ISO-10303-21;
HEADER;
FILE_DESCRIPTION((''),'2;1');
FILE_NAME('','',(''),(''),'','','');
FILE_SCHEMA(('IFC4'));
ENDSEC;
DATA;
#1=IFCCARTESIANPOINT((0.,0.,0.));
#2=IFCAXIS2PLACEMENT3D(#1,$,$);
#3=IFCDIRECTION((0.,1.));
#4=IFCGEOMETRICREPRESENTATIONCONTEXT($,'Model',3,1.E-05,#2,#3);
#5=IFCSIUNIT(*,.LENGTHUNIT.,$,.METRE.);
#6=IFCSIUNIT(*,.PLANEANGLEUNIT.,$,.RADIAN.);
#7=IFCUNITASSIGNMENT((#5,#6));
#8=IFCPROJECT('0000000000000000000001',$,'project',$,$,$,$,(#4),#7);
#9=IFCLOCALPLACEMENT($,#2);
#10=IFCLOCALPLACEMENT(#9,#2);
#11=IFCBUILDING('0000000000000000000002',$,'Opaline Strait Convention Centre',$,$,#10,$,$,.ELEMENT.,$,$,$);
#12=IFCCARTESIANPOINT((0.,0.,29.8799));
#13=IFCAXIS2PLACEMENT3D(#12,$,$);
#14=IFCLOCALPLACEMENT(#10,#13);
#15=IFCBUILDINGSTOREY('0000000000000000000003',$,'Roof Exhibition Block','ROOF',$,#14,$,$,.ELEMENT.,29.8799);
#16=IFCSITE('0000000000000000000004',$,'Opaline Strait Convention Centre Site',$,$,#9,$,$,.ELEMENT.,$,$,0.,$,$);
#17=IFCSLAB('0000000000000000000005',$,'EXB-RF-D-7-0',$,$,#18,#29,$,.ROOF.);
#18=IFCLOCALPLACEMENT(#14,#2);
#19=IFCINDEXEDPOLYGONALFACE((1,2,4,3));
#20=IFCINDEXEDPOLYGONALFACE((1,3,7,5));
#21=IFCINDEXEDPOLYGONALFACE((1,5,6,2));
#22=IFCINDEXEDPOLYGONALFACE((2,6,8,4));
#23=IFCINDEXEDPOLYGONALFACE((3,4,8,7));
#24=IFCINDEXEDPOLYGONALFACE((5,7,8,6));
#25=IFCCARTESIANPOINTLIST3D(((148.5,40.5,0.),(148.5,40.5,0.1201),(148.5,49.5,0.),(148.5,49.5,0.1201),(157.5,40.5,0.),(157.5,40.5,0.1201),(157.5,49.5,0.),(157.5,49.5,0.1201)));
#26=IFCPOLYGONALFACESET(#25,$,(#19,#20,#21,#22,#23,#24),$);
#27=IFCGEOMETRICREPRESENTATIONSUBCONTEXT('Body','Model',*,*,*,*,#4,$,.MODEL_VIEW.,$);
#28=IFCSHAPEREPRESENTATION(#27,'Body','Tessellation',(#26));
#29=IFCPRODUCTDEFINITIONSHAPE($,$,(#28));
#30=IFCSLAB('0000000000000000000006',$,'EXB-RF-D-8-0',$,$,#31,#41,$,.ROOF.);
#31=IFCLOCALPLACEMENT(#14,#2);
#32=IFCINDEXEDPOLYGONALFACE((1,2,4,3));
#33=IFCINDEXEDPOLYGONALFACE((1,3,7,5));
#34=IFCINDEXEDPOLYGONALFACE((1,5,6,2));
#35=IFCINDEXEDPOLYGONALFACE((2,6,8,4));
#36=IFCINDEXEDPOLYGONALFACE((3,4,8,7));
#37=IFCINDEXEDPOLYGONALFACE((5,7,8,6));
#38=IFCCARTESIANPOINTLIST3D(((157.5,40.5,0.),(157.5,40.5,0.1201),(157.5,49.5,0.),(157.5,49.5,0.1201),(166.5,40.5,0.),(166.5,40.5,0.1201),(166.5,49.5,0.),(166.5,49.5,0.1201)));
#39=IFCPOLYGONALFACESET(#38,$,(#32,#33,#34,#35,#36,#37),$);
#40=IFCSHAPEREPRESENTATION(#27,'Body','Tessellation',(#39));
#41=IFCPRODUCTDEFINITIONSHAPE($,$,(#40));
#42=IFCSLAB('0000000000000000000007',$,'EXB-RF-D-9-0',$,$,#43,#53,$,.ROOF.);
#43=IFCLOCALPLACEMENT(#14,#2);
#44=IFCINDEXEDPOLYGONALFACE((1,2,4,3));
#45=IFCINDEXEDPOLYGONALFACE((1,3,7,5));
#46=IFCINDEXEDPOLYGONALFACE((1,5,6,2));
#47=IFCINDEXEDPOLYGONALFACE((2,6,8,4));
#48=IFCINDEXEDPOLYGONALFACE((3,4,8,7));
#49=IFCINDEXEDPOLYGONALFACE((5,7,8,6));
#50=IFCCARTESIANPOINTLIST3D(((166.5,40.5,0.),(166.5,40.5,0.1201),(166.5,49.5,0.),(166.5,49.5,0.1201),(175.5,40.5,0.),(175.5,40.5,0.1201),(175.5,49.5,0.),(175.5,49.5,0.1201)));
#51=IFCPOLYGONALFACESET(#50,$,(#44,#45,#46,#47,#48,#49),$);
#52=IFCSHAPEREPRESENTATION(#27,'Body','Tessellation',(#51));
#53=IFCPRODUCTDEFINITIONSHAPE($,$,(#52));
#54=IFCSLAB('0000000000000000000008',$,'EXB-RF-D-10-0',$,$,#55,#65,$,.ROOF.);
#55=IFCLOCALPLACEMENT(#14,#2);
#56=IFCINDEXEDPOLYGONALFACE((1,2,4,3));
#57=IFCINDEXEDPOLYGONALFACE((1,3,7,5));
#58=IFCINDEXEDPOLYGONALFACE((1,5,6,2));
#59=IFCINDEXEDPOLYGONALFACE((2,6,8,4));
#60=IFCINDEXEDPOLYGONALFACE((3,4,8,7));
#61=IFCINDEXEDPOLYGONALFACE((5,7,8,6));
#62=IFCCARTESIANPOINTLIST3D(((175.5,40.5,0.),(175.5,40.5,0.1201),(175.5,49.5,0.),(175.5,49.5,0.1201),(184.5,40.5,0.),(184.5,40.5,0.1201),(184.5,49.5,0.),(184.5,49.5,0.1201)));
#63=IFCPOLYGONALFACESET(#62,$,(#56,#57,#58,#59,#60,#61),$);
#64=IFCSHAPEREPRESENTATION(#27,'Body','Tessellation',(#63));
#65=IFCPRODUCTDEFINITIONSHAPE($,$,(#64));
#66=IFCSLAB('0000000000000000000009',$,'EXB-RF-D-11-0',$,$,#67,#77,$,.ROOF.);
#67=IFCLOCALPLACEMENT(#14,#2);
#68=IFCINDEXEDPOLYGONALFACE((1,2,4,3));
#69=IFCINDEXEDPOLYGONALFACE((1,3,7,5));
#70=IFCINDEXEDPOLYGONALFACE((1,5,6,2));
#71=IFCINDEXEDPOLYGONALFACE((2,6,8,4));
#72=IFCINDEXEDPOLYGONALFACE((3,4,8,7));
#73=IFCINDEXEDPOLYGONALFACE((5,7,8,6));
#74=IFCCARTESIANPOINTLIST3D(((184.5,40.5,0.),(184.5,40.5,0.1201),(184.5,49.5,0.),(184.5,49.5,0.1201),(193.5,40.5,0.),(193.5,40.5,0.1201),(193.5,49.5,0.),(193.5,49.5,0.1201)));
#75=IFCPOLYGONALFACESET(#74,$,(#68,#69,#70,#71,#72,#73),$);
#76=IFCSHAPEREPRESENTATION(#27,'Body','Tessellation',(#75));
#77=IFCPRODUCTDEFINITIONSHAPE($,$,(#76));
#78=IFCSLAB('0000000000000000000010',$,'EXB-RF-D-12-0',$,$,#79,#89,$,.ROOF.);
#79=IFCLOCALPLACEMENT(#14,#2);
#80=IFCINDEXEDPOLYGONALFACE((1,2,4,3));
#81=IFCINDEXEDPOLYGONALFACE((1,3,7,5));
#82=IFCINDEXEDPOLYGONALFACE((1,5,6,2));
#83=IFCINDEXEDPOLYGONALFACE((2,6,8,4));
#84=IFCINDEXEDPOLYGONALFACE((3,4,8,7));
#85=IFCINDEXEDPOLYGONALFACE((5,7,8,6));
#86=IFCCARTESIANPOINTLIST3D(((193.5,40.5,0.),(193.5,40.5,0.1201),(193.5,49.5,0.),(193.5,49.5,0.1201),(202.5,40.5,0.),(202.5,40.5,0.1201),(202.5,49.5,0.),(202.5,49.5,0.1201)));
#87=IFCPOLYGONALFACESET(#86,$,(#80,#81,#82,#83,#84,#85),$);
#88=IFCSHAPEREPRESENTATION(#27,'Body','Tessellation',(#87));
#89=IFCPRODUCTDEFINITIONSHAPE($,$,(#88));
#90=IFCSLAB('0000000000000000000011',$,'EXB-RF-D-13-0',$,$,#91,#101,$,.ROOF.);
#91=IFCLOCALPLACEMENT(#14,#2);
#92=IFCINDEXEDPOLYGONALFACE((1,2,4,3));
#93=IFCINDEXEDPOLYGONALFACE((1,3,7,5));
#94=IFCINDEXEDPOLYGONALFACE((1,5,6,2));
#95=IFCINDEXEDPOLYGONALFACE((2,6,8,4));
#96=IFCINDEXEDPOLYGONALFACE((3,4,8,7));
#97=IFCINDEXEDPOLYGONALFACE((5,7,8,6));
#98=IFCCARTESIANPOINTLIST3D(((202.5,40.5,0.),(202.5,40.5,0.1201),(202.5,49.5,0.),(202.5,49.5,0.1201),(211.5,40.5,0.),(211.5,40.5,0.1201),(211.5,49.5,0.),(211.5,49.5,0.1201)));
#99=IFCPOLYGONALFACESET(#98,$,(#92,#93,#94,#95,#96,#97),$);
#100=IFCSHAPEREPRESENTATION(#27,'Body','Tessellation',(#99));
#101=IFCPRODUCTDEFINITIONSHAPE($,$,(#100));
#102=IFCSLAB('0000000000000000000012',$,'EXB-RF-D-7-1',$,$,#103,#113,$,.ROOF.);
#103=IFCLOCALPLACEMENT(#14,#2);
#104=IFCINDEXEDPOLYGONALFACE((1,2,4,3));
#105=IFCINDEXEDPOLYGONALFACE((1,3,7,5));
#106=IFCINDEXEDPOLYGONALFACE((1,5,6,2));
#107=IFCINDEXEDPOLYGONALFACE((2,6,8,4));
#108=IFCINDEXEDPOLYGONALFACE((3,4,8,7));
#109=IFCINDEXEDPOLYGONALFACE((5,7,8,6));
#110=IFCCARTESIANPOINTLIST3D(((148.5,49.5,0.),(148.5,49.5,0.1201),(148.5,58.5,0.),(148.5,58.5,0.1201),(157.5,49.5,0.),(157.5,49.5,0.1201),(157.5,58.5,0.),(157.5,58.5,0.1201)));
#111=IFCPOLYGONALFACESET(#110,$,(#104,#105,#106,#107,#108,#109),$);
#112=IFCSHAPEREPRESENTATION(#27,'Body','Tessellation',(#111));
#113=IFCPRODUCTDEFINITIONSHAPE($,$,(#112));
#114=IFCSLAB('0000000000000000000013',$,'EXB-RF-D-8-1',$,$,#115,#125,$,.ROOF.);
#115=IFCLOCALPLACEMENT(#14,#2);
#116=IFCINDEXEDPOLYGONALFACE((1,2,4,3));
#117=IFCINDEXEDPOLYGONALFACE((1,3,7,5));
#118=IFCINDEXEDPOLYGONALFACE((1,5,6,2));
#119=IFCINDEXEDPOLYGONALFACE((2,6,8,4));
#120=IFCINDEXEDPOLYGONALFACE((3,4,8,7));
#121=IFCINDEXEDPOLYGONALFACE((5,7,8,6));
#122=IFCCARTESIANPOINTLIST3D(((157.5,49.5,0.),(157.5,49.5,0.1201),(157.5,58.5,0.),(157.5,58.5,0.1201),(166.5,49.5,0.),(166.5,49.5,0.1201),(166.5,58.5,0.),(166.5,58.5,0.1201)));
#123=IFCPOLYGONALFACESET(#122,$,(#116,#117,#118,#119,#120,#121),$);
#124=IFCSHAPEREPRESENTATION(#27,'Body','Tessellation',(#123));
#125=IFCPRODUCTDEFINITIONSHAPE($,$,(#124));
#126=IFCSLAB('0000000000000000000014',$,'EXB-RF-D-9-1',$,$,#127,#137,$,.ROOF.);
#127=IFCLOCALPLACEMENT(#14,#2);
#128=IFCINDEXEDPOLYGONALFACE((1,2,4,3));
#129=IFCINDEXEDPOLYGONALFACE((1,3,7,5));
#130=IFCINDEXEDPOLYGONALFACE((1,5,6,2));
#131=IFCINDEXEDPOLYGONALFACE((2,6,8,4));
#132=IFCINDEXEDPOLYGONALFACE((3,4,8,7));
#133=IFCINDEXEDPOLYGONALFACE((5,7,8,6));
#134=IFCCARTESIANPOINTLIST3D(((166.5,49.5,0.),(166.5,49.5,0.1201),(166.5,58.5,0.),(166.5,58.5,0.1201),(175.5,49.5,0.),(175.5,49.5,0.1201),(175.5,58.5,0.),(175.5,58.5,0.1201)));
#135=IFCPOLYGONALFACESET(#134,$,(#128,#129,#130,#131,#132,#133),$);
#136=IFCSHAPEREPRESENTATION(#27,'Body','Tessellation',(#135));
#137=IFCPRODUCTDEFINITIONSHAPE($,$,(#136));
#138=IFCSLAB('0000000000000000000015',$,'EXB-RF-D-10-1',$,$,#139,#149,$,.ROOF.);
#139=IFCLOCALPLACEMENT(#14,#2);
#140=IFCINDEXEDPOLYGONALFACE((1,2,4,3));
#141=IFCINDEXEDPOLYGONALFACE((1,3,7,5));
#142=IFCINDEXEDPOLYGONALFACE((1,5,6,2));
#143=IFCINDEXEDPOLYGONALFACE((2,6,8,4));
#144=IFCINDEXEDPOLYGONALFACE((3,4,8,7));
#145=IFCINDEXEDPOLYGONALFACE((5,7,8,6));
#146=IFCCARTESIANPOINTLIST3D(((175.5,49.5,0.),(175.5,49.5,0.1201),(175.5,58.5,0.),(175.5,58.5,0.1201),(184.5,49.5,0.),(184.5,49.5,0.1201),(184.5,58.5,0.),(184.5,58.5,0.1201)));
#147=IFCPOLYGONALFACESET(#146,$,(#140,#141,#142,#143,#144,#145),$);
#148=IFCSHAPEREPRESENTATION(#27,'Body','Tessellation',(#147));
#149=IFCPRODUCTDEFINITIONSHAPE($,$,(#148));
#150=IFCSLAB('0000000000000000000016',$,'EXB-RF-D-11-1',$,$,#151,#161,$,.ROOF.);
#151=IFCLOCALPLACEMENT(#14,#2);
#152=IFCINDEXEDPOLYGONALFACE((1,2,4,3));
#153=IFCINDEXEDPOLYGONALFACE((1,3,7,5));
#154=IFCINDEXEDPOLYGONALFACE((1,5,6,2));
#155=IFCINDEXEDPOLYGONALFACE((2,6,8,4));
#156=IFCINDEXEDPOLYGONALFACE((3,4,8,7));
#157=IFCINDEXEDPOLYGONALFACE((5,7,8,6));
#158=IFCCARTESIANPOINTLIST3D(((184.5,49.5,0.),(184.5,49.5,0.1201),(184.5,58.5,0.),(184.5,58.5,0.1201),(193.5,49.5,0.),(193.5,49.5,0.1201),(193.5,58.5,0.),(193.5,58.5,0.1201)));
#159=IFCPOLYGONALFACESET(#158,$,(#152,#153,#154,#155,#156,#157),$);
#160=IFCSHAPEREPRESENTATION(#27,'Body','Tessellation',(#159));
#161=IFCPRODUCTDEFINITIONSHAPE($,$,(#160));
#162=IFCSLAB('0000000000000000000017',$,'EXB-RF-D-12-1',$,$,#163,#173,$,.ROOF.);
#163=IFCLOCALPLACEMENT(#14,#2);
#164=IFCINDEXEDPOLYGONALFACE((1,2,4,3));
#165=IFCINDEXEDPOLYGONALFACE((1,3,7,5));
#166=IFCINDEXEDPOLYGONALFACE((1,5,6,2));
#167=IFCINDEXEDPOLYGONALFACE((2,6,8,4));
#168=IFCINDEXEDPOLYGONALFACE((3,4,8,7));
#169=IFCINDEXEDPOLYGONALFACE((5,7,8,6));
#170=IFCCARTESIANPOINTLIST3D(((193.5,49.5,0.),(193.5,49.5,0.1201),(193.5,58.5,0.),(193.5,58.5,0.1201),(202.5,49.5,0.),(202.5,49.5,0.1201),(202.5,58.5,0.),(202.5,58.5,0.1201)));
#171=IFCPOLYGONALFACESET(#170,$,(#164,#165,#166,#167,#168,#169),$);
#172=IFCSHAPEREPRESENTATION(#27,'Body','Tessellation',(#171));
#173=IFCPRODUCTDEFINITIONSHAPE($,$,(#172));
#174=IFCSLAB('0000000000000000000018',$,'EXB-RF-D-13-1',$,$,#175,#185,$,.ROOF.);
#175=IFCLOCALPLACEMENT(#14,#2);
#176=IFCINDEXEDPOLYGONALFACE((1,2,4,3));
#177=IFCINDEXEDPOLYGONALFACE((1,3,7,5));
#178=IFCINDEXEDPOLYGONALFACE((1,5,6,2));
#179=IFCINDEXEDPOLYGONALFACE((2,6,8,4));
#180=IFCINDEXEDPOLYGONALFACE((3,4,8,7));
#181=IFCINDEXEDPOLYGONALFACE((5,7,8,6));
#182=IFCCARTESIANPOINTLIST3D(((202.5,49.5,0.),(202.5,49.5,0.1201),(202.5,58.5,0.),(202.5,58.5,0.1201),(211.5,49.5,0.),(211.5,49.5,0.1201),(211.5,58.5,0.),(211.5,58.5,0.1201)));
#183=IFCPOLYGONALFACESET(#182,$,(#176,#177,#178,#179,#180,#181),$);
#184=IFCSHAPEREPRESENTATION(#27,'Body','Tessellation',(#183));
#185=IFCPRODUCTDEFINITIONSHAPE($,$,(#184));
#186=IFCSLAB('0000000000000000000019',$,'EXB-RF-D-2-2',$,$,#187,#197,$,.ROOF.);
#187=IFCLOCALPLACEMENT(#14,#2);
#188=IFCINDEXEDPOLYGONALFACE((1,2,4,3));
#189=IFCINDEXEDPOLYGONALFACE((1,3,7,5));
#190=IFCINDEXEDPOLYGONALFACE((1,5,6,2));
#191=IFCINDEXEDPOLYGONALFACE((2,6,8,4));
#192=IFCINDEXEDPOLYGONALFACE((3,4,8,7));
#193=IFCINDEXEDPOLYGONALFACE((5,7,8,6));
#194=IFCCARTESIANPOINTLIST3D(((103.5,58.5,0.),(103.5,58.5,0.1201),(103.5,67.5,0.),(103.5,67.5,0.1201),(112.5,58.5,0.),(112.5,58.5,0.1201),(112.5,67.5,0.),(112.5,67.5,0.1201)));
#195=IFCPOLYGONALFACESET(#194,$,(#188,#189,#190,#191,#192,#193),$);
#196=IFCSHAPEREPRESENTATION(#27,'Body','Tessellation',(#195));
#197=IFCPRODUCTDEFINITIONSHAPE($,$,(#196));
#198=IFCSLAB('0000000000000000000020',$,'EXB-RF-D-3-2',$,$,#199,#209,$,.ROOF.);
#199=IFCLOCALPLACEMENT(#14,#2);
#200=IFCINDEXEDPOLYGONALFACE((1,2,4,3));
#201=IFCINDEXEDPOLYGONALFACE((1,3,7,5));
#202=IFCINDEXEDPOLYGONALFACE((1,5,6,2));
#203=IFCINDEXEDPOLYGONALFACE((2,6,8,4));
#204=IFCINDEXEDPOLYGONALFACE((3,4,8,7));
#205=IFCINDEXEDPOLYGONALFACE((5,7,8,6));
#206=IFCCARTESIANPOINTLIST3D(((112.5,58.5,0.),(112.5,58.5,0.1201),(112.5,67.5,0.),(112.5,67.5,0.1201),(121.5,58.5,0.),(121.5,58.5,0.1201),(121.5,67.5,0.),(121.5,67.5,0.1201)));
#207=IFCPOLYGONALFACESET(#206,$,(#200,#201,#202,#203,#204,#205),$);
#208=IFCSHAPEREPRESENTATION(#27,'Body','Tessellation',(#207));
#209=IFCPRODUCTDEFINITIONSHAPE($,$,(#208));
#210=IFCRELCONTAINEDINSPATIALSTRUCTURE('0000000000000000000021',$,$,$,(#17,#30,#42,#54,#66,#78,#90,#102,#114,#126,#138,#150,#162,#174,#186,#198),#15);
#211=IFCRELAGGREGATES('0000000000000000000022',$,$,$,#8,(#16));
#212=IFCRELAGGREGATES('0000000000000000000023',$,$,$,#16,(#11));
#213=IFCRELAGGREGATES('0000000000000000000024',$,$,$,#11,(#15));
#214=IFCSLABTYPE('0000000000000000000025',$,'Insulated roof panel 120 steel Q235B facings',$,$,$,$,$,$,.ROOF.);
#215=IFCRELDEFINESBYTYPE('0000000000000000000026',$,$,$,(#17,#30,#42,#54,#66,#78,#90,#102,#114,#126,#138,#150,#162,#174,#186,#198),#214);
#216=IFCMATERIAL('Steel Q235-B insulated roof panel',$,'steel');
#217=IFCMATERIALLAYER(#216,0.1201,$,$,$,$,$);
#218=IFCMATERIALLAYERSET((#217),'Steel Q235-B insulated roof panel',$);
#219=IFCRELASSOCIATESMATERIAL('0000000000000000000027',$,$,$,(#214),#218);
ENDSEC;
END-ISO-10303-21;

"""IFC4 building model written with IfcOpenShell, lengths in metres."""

from ifc_helpers import new_model, si_unit, direction, frame, origin, place, context, subcontext, project, spatial, polyline, outline, extrude, material, layer, layer_set, type_object, element, save


model = new_model("IFC4")

# Units and contexts
model_context = context("Model", 3, precision=1e-05, world=origin(), true_north=direction((0.0, 1.0)))
body_context = subcontext(model_context, "Body", "Model", "MODEL_VIEW")
ifc_project = project(units=[si_unit("LENGTHUNIT", "METRE"), si_unit("PLANEANGLEUNIT", "RADIAN")], contexts=[model_context])

# Site, building, storey
site_placement = place(None, origin())
site = spatial("IfcSite", under=ifc_project, at=site_placement, Name="Opaline Strait Convention Centre Site", CompositionType="ELEMENT", RefElevation=0.0)
building_placement = place(site_placement, origin())
building = spatial("IfcBuilding", under=site, at=building_placement, Name="Opaline Strait Convention Centre", CompositionType="ELEMENT")
storey_placement = place(building_placement, frame((0.0, 0.0, 29.8799)))
storey = spatial("IfcBuildingStorey", under=building, at=storey_placement, Name="Roof Exhibition Block", Description="ROOF", CompositionType="ELEMENT", Elevation=29.8799)

# Slabs
ifc_material = material(Name="Steel Q235-B insulated roof panel", Category="steel")
ifc_layer = layer(ifc_material, 0.1201)
ifc_layer_set = layer_set([ifc_layer], Name="Steel Q235-B insulated roof panel")
slab_type = type_object("IfcSlabType", Name="Insulated roof panel 120 steel Q235B facings", PredefinedType="ROOF", material=ifc_layer_set)
slab_1_placement = place(storey_placement, origin())
element("IfcSlab", 1, at=slab_1_placement, inside=storey, type_object=slab_type, Name="EXB-RF-D-7-0", PredefinedType="ROOF", context=body_context, shape_type="SweptSolid", body=[
    extrude(outline(polyline([(148.5, 40.5), (157.5, 40.5), (157.5, 49.5), (148.5, 49.5), (148.5, 40.5)])), origin(), (0.0, 0.0, 1.0), 0.1201),
])
slab_2_placement = place(storey_placement, origin())
element("IfcSlab", 2, at=slab_2_placement, inside=storey, type_object=slab_type, Name="EXB-RF-D-8-0", PredefinedType="ROOF", context=body_context, shape_type="SweptSolid", body=[
    extrude(outline(polyline([(157.5, 40.5), (166.5, 40.5), (166.5, 49.5), (157.5, 49.5), (157.5, 40.5)])), origin(), (0.0, 0.0, 1.0), 0.1201),
])
slab_3_placement = place(storey_placement, origin())
element("IfcSlab", 3, at=slab_3_placement, inside=storey, type_object=slab_type, Name="EXB-RF-D-9-0", PredefinedType="ROOF", context=body_context, shape_type="SweptSolid", body=[
    extrude(outline(polyline([(166.5, 40.5), (175.5, 40.5), (175.5, 49.5), (166.5, 49.5), (166.5, 40.5)])), origin(), (0.0, 0.0, 1.0), 0.1201),
])
slab_4_placement = place(storey_placement, origin())
element("IfcSlab", 4, at=slab_4_placement, inside=storey, type_object=slab_type, Name="EXB-RF-D-10-0", PredefinedType="ROOF", context=body_context, shape_type="SweptSolid", body=[
    extrude(outline(polyline([(175.5, 40.5), (184.5, 40.5), (184.5, 49.5), (175.5, 49.5), (175.5, 40.5)])), origin(), (0.0, 0.0, 1.0), 0.1201),
])
slab_5_placement = place(storey_placement, origin())
element("IfcSlab", 5, at=slab_5_placement, inside=storey, type_object=slab_type, Name="EXB-RF-D-11-0", PredefinedType="ROOF", context=body_context, shape_type="SweptSolid", body=[
    extrude(outline(polyline([(184.5, 40.5), (193.5, 40.5), (193.5, 49.5), (184.5, 49.5), (184.5, 40.5)])), origin(), (0.0, 0.0, 1.0), 0.1201),
])
slab_6_placement = place(storey_placement, origin())
element("IfcSlab", 6, at=slab_6_placement, inside=storey, type_object=slab_type, Name="EXB-RF-D-12-0", PredefinedType="ROOF", context=body_context, shape_type="SweptSolid", body=[
    extrude(outline(polyline([(193.5, 40.5), (202.5, 40.5), (202.5, 49.5), (193.5, 49.5), (193.5, 40.5)])), origin(), (0.0, 0.0, 1.0), 0.1201),
])
slab_7_placement = place(storey_placement, origin())
element("IfcSlab", 7, at=slab_7_placement, inside=storey, type_object=slab_type, Name="EXB-RF-D-13-0", PredefinedType="ROOF", context=body_context, shape_type="SweptSolid", body=[
    extrude(outline(polyline([(202.5, 40.5), (211.5, 40.5), (211.5, 49.5), (202.5, 49.5), (202.5, 40.5)])), origin(), (0.0, 0.0, 1.0), 0.1201),
])
slab_8_placement = place(storey_placement, origin())
element("IfcSlab", 8, at=slab_8_placement, inside=storey, type_object=slab_type, Name="EXB-RF-D-7-1", PredefinedType="ROOF", context=body_context, shape_type="SweptSolid", body=[
    extrude(outline(polyline([(148.5, 49.5), (157.5, 49.5), (157.5, 58.5), (148.5, 58.5), (148.5, 49.5)])), origin(), (0.0, 0.0, 1.0), 0.1201),
])
slab_9_placement = place(storey_placement, origin())
element("IfcSlab", 9, at=slab_9_placement, inside=storey, type_object=slab_type, Name="EXB-RF-D-8-1", PredefinedType="ROOF", context=body_context, shape_type="SweptSolid", body=[
    extrude(outline(polyline([(157.5, 49.5), (166.5, 49.5), (166.5, 58.5), (157.5, 58.5), (157.5, 49.5)])), origin(), (0.0, 0.0, 1.0), 0.1201),
])
slab_10_placement = place(storey_placement, origin())
element("IfcSlab", 10, at=slab_10_placement, inside=storey, type_object=slab_type, Name="EXB-RF-D-9-1", PredefinedType="ROOF", context=body_context, shape_type="SweptSolid", body=[
    extrude(outline(polyline([(166.5, 49.5), (175.5, 49.5), (175.5, 58.5), (166.5, 58.5), (166.5, 49.5)])), origin(), (0.0, 0.0, 1.0), 0.1201),
])
slab_11_placement = place(storey_placement, origin())
element("IfcSlab", 11, at=slab_11_placement, inside=storey, type_object=slab_type, Name="EXB-RF-D-10-1", PredefinedType="ROOF", context=body_context, shape_type="SweptSolid", body=[
    extrude(outline(polyline([(175.5, 49.5), (184.5, 49.5), (184.5, 58.5), (175.5, 58.5), (175.5, 49.5)])), origin(), (0.0, 0.0, 1.0), 0.1201),
])
slab_12_placement = place(storey_placement, origin())
element("IfcSlab", 12, at=slab_12_placement, inside=storey, type_object=slab_type, Name="EXB-RF-D-11-1", PredefinedType="ROOF", context=body_context, shape_type="SweptSolid", body=[
    extrude(outline(polyline([(184.5, 49.5), (193.5, 49.5), (193.5, 58.5), (184.5, 58.5), (184.5, 49.5)])), origin(), (0.0, 0.0, 1.0), 0.1201),
])
slab_13_placement = place(storey_placement, origin())
element("IfcSlab", 13, at=slab_13_placement, inside=storey, type_object=slab_type, Name="EXB-RF-D-12-1", PredefinedType="ROOF", context=body_context, shape_type="SweptSolid", body=[
    extrude(outline(polyline([(193.5, 49.5), (202.5, 49.5), (202.5, 58.5), (193.5, 58.5), (193.5, 49.5)])), origin(), (0.0, 0.0, 1.0), 0.1201),
])
slab_14_placement = place(storey_placement, origin())
element("IfcSlab", 14, at=slab_14_placement, inside=storey, type_object=slab_type, Name="EXB-RF-D-13-1", PredefinedType="ROOF", context=body_context, shape_type="SweptSolid", body=[
    extrude(outline(polyline([(202.5, 49.5), (211.5, 49.5), (211.5, 58.5), (202.5, 58.5), (202.5, 49.5)])), origin(), (0.0, 0.0, 1.0), 0.1201),
])
slab_15_placement = place(storey_placement, origin())
element("IfcSlab", 15, at=slab_15_placement, inside=storey, type_object=slab_type, Name="EXB-RF-D-2-2", PredefinedType="ROOF", context=body_context, shape_type="SweptSolid", body=[
    extrude(outline(polyline([(103.5, 58.5), (112.5, 58.5), (112.5, 67.5), (103.5, 67.5), (103.5, 58.5)])), origin(), (0.0, 0.0, 1.0), 0.1201),
])
slab_16_placement = place(storey_placement, origin())
element("IfcSlab", 16, at=slab_16_placement, inside=storey, type_object=slab_type, Name="EXB-RF-D-3-2", PredefinedType="ROOF", context=body_context, shape_type="SweptSolid", body=[
    extrude(outline(polyline([(112.5, 58.5), (121.5, 58.5), (121.5, 67.5), (112.5, 67.5), (112.5, 58.5)])), origin(), (0.0, 0.0, 1.0), 0.1201),
])

save(model, "model.ifc")
